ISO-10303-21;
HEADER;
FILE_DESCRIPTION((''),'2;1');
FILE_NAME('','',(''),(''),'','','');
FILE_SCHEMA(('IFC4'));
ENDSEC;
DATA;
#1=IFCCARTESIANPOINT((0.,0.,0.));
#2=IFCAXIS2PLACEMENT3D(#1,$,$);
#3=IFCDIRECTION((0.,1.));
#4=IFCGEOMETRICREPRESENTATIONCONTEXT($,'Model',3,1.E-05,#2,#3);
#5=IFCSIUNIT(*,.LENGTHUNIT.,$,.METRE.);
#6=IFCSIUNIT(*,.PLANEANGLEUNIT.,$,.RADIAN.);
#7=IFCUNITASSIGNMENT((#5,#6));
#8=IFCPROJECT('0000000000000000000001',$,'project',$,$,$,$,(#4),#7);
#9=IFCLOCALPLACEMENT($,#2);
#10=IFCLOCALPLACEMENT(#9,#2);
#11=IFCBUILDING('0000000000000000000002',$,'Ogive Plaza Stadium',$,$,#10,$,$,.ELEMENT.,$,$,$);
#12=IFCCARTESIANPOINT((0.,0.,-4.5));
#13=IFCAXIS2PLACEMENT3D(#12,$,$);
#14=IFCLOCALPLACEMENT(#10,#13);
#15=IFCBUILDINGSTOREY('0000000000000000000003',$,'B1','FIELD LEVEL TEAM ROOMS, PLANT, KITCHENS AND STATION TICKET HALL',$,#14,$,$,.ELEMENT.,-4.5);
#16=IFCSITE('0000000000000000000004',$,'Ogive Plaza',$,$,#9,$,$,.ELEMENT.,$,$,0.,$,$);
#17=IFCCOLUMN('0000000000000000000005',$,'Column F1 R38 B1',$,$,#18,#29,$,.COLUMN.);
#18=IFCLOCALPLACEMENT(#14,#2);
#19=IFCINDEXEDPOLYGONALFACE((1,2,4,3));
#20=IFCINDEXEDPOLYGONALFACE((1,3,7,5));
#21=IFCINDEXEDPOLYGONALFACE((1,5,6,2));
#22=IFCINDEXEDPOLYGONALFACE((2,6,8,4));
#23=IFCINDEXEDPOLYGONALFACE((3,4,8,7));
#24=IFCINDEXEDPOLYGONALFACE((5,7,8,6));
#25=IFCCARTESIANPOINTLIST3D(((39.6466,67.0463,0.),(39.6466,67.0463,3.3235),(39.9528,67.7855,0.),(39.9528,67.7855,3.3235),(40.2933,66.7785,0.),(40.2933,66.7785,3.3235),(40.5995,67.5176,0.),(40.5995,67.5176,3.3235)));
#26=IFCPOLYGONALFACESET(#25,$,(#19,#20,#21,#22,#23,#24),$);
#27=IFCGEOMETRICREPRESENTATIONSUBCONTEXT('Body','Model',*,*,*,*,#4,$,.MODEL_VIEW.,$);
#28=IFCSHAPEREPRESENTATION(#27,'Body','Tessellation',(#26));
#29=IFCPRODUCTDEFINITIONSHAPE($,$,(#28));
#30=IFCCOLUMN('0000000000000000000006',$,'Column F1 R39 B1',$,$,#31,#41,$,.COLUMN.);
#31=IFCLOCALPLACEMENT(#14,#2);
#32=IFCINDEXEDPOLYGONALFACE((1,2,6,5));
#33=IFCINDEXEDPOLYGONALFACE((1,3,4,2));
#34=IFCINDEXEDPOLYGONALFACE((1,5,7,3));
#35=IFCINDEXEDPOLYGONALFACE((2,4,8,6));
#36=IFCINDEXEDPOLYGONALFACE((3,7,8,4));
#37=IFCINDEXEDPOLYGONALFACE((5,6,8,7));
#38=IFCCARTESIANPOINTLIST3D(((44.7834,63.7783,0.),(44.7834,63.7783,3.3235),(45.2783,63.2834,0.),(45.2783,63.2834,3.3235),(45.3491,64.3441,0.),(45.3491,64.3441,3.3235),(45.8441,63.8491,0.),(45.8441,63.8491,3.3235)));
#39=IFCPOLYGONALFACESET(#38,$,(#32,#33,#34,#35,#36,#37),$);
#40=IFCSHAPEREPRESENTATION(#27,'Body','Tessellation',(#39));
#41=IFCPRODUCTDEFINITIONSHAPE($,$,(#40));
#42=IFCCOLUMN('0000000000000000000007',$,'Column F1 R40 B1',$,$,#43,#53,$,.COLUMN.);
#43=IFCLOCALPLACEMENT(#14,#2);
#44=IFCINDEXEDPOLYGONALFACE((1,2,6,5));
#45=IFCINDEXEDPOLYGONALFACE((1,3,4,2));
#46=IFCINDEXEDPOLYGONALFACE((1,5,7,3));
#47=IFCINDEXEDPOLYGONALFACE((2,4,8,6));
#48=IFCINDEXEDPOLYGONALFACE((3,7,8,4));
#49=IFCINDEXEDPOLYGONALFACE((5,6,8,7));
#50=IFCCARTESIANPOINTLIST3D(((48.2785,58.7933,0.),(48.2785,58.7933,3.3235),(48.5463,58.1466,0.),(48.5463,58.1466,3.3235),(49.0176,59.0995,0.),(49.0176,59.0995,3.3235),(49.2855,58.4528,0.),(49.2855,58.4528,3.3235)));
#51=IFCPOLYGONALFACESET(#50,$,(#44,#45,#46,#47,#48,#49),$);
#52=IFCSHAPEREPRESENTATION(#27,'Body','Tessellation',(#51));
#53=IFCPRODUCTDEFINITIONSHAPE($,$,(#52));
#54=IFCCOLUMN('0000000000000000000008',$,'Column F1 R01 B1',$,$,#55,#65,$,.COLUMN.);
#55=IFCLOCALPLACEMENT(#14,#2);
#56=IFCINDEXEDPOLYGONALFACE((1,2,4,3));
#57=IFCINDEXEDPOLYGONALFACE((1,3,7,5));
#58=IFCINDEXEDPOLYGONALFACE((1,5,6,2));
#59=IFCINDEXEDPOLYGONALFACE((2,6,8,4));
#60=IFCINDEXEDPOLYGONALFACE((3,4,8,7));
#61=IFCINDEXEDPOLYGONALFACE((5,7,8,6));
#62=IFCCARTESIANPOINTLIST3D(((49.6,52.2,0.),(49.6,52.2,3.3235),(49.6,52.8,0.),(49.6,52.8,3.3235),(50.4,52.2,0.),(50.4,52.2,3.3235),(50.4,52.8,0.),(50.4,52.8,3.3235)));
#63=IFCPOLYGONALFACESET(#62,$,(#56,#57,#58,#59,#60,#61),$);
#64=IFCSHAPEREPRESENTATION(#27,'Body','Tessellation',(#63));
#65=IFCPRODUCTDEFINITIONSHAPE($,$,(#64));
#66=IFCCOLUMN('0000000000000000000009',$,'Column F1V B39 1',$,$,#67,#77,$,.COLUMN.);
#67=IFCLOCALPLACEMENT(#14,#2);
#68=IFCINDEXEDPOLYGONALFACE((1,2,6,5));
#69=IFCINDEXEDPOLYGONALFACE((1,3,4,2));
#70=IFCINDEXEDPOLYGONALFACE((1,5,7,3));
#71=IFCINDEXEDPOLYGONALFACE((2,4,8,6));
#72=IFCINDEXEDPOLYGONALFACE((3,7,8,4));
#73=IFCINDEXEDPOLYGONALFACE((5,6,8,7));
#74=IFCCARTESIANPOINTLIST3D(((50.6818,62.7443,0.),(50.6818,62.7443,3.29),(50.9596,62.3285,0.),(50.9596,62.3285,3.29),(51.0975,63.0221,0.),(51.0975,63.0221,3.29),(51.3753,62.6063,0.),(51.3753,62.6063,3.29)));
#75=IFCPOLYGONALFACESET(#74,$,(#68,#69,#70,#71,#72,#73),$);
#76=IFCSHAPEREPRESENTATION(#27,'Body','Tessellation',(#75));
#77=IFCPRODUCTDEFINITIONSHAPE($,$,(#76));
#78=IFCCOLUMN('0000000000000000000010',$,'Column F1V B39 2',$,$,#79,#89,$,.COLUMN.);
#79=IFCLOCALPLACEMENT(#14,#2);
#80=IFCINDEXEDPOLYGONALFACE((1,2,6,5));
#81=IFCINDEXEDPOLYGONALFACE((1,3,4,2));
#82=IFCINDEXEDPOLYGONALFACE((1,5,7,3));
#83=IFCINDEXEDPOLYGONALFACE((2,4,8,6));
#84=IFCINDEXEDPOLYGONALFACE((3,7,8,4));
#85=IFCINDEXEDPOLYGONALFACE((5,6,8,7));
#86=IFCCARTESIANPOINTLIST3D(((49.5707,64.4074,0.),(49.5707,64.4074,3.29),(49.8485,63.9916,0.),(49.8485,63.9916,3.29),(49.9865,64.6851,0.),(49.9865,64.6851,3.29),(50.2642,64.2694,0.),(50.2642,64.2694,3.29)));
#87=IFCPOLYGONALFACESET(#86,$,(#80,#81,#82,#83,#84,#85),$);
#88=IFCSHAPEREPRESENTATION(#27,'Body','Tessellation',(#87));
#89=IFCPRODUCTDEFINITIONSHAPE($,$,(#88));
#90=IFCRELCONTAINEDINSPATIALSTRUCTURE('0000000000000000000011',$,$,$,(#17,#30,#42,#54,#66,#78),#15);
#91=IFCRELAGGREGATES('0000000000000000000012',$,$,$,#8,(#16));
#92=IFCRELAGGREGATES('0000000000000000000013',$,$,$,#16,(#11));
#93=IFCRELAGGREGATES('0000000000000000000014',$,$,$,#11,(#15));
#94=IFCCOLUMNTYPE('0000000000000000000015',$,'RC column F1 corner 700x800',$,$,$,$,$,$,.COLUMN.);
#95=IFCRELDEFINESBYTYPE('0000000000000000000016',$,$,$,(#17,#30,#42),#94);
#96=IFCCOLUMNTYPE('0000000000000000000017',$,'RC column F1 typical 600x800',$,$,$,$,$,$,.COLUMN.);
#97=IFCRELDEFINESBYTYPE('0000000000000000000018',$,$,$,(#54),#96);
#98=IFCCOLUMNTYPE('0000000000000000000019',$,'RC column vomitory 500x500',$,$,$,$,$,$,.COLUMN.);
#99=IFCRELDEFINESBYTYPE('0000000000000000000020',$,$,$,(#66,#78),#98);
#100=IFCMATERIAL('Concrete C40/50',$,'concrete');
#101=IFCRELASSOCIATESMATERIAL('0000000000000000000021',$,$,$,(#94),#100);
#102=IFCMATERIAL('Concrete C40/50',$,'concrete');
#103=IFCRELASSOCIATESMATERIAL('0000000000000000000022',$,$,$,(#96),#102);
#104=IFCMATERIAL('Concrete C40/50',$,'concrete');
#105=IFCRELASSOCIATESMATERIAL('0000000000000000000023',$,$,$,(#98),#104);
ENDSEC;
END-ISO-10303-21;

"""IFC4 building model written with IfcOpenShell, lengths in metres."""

from ifc_helpers import new_model, si_unit, direction, frame, origin, origin_2d, place, context, subcontext, project, spatial, rectangle, extrude, material, material_profile, profile_set, type_object, element, save


model = new_model("IFC4")

# Units and contexts
model_context = context("Model", 3, precision=1e-05, world=origin(), true_north=direction((0.0, 1.0)))
body_context = subcontext(model_context, "Body", "Model", "MODEL_VIEW")
ifc_project = project(units=[si_unit("LENGTHUNIT", "METRE"), si_unit("PLANEANGLEUNIT", "RADIAN")], contexts=[model_context])

# Site, building, storey
site_placement = place(None, origin())
site = spatial("IfcSite", under=ifc_project, at=site_placement, Name="Ogive Plaza", CompositionType="ELEMENT", RefElevation=0.0)
building_placement = place(site_placement, origin())
building = spatial("IfcBuilding", under=site, at=building_placement, Name="Ogive Plaza Stadium", CompositionType="ELEMENT")
storey_placement = place(building_placement, frame((0.0, 0.0, -4.5)))
storey = spatial("IfcBuildingStorey", under=building, at=storey_placement, Name="B1", Description="FIELD LEVEL TEAM ROOMS, PLANT, KITCHENS AND STATION TICKET HALL", CompositionType="ELEMENT", Elevation=-4.5)

# Columns
ifc_material_1 = material(Name="Concrete C40/50", Category="concrete")
ifc_material_profile_1 = material_profile(ifc_material_1, rectangle(XDim=0.7, YDim=0.8, at=origin_2d()), Name="RC 700x800")
ifc_profile_set_1 = profile_set([ifc_material_profile_1], Name="Concrete C40/50")
column_type_1 = type_object("IfcColumnType", Name="RC column F1 corner 700x800", PredefinedType="COLUMN", material=ifc_profile_set_1)
for number, where, z_axis, x_axis, name in (
    (1, (40.123, 67.282, 0.0), (0.0, 0.0, 1.0), (-0.92388, 0.382683, 0.0), "Column F1 R38 B1"),
    (2, (45.3137, 63.8137, 0.0), (0.0, 0.0, 1.0), (-0.707107, 0.707107, 0.0), "Column F1 R39 B1"),
    (3, (48.782, 58.623, 0.0), (0.0, 0.0, 1.0), (-0.382683, 0.92388, 0.0), "Column F1 R40 B1"),
):
    element("IfcColumn", number, at=place(storey_placement, frame(where, z_axis=z_axis, x_axis=x_axis)), inside=storey, type_object=column_type_1, Name=name, PredefinedType="COLUMN", context=body_context, shape_type="SweptSolid", body=[
        extrude(rectangle(XDim=0.7, YDim=0.8, at=origin_2d()), origin(), (0.0, 0.0, 1.0), 3.3235),
    ])
ifc_material_2 = material(Name="Concrete C40/50", Category="concrete")
ifc_material_profile_2 = material_profile(ifc_material_2, rectangle(XDim=0.6001, YDim=0.8, at=origin_2d()), Name="RC 600x800")
ifc_profile_set_2 = profile_set([ifc_material_profile_2], Name="Concrete C40/50")
column_type_2 = type_object("IfcColumnType", Name="RC column F1 typical 600x800", PredefinedType="COLUMN", material=ifc_profile_set_2)
column_placement = place(storey_placement, frame((50.0, 52.5, 0.0), z_axis=(0.0, 0.0, 1.0), x_axis=(0.0, 1.0, 0.0)))
element("IfcColumn", 4, at=column_placement, inside=storey, type_object=column_type_2, Name="Column F1 R01 B1", PredefinedType="COLUMN", context=body_context, shape_type="SweptSolid", body=[
    extrude(rectangle(XDim=0.6001, YDim=0.8, at=origin_2d()), origin(), (0.0, 0.0, 1.0), 3.3235),
])
ifc_material_3 = material(Name="Concrete C40/50", Category="concrete")
ifc_material_profile_3 = material_profile(ifc_material_3, rectangle(XDim=0.5, YDim=0.5, at=origin_2d()), Name="RC 500x500")
ifc_profile_set_3 = profile_set([ifc_material_profile_3], Name="Concrete C40/50")
column_type_3 = type_object("IfcColumnType", Name="RC column vomitory 500x500", PredefinedType="COLUMN", material=ifc_profile_set_3)
for number, where, z_axis, x_axis, name in (
    (5, (51.0286, 62.6753, 0.0), (0.0, 0.0, 1.0), (-0.55557, 0.83147, 0.0), "Column F1V B39 1"),
    (6, (49.9175, 64.3384, 0.0), (0.0, 0.0, 1.0), (-0.55557, 0.83147, 0.0), "Column F1V B39 2"),
):
    element("IfcColumn", number, at=place(storey_placement, frame(where, z_axis=z_axis, x_axis=x_axis)), inside=storey, type_object=column_type_3, Name=name, PredefinedType="COLUMN", context=body_context, shape_type="SweptSolid", body=[
        extrude(rectangle(XDim=0.5, YDim=0.5, at=origin_2d()), origin(), (0.0, 0.0, 1.0), 3.29),
    ])

save(model, "model.ifc")
